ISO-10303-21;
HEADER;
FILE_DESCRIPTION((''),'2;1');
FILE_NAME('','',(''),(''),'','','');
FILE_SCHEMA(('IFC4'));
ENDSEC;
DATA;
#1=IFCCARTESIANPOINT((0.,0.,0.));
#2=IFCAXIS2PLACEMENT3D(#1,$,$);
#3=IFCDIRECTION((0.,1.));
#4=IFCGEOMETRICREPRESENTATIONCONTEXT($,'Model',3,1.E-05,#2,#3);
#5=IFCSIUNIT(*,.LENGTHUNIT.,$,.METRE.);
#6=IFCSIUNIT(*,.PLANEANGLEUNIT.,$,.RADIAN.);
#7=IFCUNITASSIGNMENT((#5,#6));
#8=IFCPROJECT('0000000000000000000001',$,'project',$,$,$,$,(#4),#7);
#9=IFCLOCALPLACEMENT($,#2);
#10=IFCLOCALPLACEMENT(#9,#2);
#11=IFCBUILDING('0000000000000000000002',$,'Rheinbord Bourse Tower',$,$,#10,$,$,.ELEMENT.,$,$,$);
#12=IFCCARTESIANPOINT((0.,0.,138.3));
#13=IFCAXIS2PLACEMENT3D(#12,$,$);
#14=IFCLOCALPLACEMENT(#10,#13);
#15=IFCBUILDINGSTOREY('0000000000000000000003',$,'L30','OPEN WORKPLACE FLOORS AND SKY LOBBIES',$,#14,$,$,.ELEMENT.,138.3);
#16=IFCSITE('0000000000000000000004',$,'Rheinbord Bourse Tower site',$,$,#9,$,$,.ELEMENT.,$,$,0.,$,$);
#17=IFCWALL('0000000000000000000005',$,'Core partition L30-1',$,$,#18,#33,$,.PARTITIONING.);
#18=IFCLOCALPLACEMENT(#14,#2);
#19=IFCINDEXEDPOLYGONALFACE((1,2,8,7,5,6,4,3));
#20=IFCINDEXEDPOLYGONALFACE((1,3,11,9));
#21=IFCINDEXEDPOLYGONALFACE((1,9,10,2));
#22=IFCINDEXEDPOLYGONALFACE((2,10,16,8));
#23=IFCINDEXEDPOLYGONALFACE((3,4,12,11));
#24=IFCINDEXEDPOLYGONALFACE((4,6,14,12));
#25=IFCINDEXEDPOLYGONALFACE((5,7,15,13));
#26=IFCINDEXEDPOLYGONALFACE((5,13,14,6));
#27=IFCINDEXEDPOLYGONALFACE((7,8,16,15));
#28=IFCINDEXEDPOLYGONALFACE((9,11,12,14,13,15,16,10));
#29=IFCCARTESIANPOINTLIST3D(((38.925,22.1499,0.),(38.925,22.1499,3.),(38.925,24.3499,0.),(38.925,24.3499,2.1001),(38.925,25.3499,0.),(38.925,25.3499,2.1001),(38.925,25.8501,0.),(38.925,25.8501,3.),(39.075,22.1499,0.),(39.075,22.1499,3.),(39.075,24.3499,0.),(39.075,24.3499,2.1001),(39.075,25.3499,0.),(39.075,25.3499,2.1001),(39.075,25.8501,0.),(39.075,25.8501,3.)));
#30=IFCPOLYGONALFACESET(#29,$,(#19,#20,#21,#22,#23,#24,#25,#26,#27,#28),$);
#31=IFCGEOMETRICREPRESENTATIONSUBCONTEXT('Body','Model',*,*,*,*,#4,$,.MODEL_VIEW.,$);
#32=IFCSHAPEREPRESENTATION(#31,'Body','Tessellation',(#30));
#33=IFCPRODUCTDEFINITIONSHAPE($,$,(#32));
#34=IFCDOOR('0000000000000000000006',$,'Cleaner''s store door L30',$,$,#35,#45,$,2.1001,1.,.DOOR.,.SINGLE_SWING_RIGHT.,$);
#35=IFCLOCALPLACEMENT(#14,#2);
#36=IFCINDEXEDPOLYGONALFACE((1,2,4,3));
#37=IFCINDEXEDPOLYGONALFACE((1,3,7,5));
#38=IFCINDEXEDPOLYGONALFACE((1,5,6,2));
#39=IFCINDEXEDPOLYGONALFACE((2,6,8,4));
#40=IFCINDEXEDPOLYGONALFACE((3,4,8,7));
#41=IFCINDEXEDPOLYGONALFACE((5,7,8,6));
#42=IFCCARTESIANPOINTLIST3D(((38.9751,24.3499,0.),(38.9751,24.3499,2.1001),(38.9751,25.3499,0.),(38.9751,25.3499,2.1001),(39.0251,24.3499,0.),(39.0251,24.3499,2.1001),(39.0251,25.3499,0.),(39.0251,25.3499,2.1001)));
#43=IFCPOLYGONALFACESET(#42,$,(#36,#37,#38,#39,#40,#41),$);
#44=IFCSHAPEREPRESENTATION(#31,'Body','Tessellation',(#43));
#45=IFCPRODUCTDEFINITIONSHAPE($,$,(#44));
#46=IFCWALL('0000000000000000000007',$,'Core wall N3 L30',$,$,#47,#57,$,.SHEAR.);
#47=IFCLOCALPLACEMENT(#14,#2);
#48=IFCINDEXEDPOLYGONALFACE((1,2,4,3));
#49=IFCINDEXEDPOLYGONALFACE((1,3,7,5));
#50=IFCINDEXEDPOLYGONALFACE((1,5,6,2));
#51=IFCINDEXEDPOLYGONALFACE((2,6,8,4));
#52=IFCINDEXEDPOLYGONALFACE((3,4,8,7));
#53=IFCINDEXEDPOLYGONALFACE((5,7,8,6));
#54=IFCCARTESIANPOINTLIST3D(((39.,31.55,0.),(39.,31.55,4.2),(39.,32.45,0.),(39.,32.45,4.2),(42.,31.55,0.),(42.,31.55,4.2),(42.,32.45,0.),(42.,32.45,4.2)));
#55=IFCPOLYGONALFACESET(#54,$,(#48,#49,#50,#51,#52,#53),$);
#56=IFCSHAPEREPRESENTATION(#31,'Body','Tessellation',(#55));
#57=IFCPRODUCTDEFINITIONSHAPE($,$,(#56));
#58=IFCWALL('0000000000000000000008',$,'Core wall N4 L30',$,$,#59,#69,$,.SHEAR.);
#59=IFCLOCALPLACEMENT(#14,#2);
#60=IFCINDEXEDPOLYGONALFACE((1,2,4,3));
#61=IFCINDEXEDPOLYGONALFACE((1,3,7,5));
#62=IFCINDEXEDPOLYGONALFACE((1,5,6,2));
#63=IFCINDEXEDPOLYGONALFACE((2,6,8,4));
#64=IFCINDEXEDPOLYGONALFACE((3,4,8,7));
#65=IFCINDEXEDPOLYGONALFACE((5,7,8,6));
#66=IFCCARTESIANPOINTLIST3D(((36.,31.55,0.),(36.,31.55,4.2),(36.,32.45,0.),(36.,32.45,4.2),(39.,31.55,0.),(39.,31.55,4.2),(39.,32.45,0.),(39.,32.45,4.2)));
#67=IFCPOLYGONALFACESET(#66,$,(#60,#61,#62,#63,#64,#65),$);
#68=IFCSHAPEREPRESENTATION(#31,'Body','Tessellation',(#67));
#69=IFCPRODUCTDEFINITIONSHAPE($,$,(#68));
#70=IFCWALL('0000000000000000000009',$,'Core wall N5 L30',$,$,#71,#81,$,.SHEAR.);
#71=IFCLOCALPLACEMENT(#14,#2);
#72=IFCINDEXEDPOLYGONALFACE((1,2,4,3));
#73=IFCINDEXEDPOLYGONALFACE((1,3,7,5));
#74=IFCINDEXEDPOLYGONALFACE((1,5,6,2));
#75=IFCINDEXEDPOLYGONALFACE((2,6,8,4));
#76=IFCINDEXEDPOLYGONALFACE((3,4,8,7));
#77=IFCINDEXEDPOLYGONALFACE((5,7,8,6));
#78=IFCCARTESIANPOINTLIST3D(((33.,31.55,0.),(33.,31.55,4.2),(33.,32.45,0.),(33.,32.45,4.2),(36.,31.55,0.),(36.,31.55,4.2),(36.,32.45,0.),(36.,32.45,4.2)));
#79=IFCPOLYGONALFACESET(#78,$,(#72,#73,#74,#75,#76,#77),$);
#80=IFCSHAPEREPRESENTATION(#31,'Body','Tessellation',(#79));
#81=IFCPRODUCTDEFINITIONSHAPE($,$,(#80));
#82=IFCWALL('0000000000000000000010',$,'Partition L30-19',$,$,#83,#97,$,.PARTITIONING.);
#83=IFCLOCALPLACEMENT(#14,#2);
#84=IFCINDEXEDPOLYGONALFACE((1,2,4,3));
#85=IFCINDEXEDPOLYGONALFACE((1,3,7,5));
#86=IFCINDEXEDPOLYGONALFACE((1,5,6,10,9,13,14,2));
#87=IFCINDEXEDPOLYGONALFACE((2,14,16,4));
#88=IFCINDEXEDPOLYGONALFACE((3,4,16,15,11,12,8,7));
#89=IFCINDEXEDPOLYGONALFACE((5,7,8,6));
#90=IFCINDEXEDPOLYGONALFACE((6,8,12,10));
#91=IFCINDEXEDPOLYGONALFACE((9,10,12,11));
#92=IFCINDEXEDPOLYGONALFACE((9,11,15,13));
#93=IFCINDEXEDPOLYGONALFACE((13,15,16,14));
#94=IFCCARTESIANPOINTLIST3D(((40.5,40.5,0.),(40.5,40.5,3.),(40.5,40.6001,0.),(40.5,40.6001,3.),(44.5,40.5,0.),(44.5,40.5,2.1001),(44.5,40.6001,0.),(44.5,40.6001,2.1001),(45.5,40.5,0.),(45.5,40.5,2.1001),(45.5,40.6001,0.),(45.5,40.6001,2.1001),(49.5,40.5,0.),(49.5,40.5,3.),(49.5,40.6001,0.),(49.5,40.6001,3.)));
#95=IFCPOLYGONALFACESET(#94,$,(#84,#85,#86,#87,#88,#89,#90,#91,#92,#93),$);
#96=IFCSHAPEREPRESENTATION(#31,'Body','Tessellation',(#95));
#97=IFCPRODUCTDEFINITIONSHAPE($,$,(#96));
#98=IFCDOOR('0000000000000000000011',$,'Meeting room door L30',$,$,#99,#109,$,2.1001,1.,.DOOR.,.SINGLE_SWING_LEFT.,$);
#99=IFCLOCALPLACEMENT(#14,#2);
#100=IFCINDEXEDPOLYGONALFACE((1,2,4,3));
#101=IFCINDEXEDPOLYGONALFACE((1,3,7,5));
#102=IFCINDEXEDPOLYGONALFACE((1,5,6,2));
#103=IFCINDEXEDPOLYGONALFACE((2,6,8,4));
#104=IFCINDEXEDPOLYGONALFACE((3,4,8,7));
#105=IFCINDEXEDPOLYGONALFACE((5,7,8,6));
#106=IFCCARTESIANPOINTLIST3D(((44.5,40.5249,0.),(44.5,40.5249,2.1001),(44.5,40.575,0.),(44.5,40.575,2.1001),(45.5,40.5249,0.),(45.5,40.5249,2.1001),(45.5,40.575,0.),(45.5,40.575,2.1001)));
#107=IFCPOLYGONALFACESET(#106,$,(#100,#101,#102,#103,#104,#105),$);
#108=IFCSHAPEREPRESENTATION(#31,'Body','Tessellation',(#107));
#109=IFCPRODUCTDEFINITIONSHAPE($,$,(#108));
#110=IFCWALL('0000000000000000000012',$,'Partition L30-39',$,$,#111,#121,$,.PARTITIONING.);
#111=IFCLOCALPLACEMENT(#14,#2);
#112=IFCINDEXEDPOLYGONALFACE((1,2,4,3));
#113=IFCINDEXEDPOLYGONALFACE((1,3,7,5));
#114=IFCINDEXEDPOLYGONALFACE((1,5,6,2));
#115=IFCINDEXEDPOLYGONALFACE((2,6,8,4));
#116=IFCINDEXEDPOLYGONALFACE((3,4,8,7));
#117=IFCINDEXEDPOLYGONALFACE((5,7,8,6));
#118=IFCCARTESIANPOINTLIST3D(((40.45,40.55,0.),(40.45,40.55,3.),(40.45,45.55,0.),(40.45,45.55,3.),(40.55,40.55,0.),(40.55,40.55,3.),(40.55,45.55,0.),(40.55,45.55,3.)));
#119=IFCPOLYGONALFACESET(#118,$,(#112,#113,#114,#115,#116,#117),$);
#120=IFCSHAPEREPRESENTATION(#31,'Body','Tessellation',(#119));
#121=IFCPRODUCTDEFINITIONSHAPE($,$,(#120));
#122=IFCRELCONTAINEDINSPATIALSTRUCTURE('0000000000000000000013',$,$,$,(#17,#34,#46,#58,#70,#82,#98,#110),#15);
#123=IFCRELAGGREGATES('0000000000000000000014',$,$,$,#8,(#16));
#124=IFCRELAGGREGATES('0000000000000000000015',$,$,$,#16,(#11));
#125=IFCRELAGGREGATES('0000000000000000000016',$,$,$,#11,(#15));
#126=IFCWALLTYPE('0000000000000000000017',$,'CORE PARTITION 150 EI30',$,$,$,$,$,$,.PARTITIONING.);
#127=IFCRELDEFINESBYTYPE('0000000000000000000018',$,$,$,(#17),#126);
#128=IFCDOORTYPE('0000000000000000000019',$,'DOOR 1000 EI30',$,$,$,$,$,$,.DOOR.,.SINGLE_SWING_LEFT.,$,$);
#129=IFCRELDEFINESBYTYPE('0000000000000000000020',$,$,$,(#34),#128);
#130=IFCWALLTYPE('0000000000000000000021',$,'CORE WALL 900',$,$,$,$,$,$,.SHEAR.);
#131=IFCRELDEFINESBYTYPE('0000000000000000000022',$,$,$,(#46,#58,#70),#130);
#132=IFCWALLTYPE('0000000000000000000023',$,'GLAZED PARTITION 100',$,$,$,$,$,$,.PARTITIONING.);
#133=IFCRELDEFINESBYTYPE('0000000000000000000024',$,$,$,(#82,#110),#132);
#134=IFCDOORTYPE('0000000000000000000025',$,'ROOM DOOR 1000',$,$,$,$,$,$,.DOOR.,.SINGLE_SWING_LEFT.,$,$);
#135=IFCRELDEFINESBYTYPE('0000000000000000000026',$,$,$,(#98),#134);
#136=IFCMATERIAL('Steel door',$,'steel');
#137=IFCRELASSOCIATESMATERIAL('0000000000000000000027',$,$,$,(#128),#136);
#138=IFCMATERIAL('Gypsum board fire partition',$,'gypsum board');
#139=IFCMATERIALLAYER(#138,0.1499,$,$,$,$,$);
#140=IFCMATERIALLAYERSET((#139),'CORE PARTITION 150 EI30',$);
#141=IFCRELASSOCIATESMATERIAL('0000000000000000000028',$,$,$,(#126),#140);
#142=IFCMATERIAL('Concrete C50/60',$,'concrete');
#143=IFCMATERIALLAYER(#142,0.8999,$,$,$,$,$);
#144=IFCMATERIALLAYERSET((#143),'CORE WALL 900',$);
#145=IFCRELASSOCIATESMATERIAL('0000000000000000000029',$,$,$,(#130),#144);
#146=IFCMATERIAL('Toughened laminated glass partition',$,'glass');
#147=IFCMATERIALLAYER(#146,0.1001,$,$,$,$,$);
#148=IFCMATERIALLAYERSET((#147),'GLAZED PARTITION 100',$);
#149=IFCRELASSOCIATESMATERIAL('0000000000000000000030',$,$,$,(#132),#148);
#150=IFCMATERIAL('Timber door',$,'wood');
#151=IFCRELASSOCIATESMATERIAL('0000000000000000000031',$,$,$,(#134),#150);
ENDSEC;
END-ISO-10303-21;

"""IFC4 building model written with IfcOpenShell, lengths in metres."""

from ifc_helpers import new_model, si_unit, direction, frame, frame_2d, origin, place, context, subcontext, project, spatial, rectangle, extrude, material, layer, layer_set, type_object, element, fill, save


model = new_model("IFC4")

# Units and contexts
model_context = context("Model", 3, precision=1e-05, world=origin(), true_north=direction((0.0, 1.0)))
body_context = subcontext(model_context, "Body", "Model", "MODEL_VIEW")
ifc_project = project(units=[si_unit("LENGTHUNIT", "METRE"), si_unit("PLANEANGLEUNIT", "RADIAN")], contexts=[model_context])

# Site, building, storey
site_placement = place(None, origin())
site = spatial("IfcSite", under=ifc_project, at=site_placement, Name="Rheinbord Bourse Tower site", CompositionType="ELEMENT", RefElevation=0.0)
building_placement = place(site_placement, origin())
building = spatial("IfcBuilding", under=site, at=building_placement, Name="Rheinbord Bourse Tower", CompositionType="ELEMENT")
storey_placement = place(building_placement, frame((0.0, 0.0, 138.3)))
storey = spatial("IfcBuildingStorey", under=building, at=storey_placement, Name="L30", Description="OPEN WORKPLACE FLOORS AND SKY LOBBIES", CompositionType="ELEMENT", Elevation=138.3)

# Shared definitions
ifc_material_1 = material(Name="Steel door", Category="steel")
door_type_1 = type_object("IfcDoorType", Name="DOOR 1000 EI30", OperationType="SINGLE_SWING_LEFT", PredefinedType="DOOR", material=ifc_material_1)

# Wall, opening, door
ifc_material_2 = material(Name="Gypsum board fire partition", Category="gypsum board")
ifc_layer_1 = layer(ifc_material_2, 0.1499)
ifc_layer_set_1 = layer_set([ifc_layer_1], Name="CORE PARTITION 150 EI30")
wall_type_1 = type_object("IfcWallType", Name="CORE PARTITION 150 EI30", PredefinedType="PARTITIONING", material=ifc_layer_set_1)
wall_1_placement = place(storey_placement, frame((39.0, 22.1499, 0.0), z_axis=(0.0, 0.0, 1.0), x_axis=(0.0, 1.0, 0.0)))
wall_1 = element("IfcWall", 1, at=wall_1_placement, inside=storey, type_object=wall_type_1, Name="Core partition L30-1", PredefinedType="PARTITIONING", context=body_context, shape_type="SweptSolid", body=[
    extrude(rectangle(XDim=3.7002, YDim=0.1499, at=frame_2d((1.8501, 0.0))), origin(), (0.0, 0.0, 1.0), 3.0),
])
opening_1_placement = place(wall_1_placement, frame((2.2, 0.0, 0.0)))
opening_1 = element("IfcOpeningElement", 2, at=opening_1_placement, cuts=wall_1, PredefinedType="OPENING", context=body_context, shape_type="SweptSolid", body=[
    extrude(rectangle(XDim=1.0, YDim=2.1001, at=frame_2d((0.5, 1.05))), frame((0.0, 0.085, 0.0), z_axis=(0.0, -1.0, 0.0), x_axis=(1.0, 0.0, 0.0)), (0.0, 0.0, 1.0), 0.1699),
])
door_1_placement = place(opening_1_placement, origin())
door_1 = element("IfcDoor", 3, at=door_1_placement, inside=storey, type_object=door_type_1, Name="Cleaner's store door L30", OperationType="SINGLE_SWING_RIGHT", OverallHeight=2.1001, OverallWidth=1.0, PredefinedType="DOOR", context=body_context, shape_type="SweptSolid", body=[
    extrude(rectangle(XDim=1.0, YDim=2.1001, at=frame_2d((0.5, 1.05))), frame((0.0, 0.0249, 0.0), z_axis=(0.0, -1.0, 0.0), x_axis=(1.0, 0.0, 0.0)), (0.0, 0.0, 1.0), 0.05),
])
fill(opening_1, door_1)

# Walls
ifc_material_3 = material(Name="Concrete C50/60", Category="concrete")
ifc_layer_2 = layer(ifc_material_3, 0.8999)
ifc_layer_set_2 = layer_set([ifc_layer_2], Name="CORE WALL 900")
wall_type_2 = type_object("IfcWallType", Name="CORE WALL 900", PredefinedType="SHEAR", material=ifc_layer_set_2)
for number, where, z_axis, x_axis, name in (
    (4, (42.0, 32.0, 0.0), (0.0, 0.0, 1.0), (-1.0, 0.0, 0.0), "Core wall N3 L30"),
    (5, (39.0, 32.0, 0.0), (0.0, 0.0, 1.0), (-1.0, 0.0, 0.0), "Core wall N4 L30"),
    (6, (36.0, 32.0, 0.0), (0.0, 0.0, 1.0), (-1.0, 0.0, 0.0), "Core wall N5 L30"),
):
    element("IfcWall", number, at=place(storey_placement, frame(where, z_axis=z_axis, x_axis=x_axis)), inside=storey, type_object=wall_type_2, Name=name, PredefinedType="SHEAR", context=body_context, shape_type="SweptSolid", body=[
        extrude(rectangle(XDim=3.0, YDim=0.8999, at=frame_2d((1.5, 0.0))), origin(), (0.0, 0.0, 1.0), 4.2),
    ])

# Wall, opening, door
ifc_material_4 = material(Name="Toughened laminated glass partition", Category="glass")
ifc_layer_3 = layer(ifc_material_4, 0.1001)
ifc_layer_set_3 = layer_set([ifc_layer_3], Name="GLAZED PARTITION 100")
wall_type_3 = type_object("IfcWallType", Name="GLAZED PARTITION 100", PredefinedType="PARTITIONING", material=ifc_layer_set_3)
wall_2_placement = place(storey_placement, frame((40.5, 40.55, 0.0), z_axis=(0.0, 0.0, 1.0), x_axis=(1.0, 0.0, 0.0)))
wall_2 = element("IfcWall", 7, at=wall_2_placement, inside=storey, type_object=wall_type_3, Name="Partition L30-19", PredefinedType="PARTITIONING", context=body_context, shape_type="SweptSolid", body=[
    extrude(rectangle(XDim=9.0, YDim=0.1001, at=frame_2d((4.5, 0.0))), origin(), (0.0, 0.0, 1.0), 3.0),
])
opening_2_placement = place(wall_2_placement, frame((4.0, 0.0, 0.0)))
opening_2 = element("IfcOpeningElement", 8, at=opening_2_placement, cuts=wall_2, PredefinedType="OPENING", context=body_context, shape_type="SweptSolid", body=[
    extrude(rectangle(XDim=1.0, YDim=2.1001, at=frame_2d((0.5, 1.05))), frame((0.0, 0.0601, 0.0), z_axis=(0.0, -1.0, 0.0), x_axis=(1.0, 0.0, 0.0)), (0.0, 0.0, 1.0), 0.1201),
])
ifc_material_5 = material(Name="Timber door", Category="wood")
door_type_2 = type_object("IfcDoorType", Name="ROOM DOOR 1000", OperationType="SINGLE_SWING_LEFT", PredefinedType="DOOR", material=ifc_material_5)
door_2_placement = place(opening_2_placement, origin())
door_2 = element("IfcDoor", 9, at=door_2_placement, inside=storey, type_object=door_type_2, Name="Meeting room door L30", OperationType="SINGLE_SWING_LEFT", OverallHeight=2.1001, OverallWidth=1.0, PredefinedType="DOOR", context=body_context, shape_type="SweptSolid", body=[
    extrude(rectangle(XDim=1.0, YDim=2.1001, at=frame_2d((0.5, 1.05))), frame((0.0, 0.0249, 0.0), z_axis=(0.0, -1.0, 0.0), x_axis=(1.0, 0.0, 0.0)), (0.0, 0.0, 1.0), 0.05),
])
fill(opening_2, door_2)

# Wall
wall_3_placement = place(storey_placement, frame((40.5, 40.55, 0.0), z_axis=(0.0, 0.0, 1.0), x_axis=(0.0, 1.0, 0.0)))
element("IfcWall", 10, at=wall_3_placement, inside=storey, type_object=wall_type_3, Name="Partition L30-39", PredefinedType="PARTITIONING", context=body_context, shape_type="SweptSolid", body=[
    extrude(rectangle(XDim=5.0, YDim=0.1001, at=frame_2d((2.5, 0.0))), origin(), (0.0, 0.0, 1.0), 3.0),
])

save(model, "model.ifc")
